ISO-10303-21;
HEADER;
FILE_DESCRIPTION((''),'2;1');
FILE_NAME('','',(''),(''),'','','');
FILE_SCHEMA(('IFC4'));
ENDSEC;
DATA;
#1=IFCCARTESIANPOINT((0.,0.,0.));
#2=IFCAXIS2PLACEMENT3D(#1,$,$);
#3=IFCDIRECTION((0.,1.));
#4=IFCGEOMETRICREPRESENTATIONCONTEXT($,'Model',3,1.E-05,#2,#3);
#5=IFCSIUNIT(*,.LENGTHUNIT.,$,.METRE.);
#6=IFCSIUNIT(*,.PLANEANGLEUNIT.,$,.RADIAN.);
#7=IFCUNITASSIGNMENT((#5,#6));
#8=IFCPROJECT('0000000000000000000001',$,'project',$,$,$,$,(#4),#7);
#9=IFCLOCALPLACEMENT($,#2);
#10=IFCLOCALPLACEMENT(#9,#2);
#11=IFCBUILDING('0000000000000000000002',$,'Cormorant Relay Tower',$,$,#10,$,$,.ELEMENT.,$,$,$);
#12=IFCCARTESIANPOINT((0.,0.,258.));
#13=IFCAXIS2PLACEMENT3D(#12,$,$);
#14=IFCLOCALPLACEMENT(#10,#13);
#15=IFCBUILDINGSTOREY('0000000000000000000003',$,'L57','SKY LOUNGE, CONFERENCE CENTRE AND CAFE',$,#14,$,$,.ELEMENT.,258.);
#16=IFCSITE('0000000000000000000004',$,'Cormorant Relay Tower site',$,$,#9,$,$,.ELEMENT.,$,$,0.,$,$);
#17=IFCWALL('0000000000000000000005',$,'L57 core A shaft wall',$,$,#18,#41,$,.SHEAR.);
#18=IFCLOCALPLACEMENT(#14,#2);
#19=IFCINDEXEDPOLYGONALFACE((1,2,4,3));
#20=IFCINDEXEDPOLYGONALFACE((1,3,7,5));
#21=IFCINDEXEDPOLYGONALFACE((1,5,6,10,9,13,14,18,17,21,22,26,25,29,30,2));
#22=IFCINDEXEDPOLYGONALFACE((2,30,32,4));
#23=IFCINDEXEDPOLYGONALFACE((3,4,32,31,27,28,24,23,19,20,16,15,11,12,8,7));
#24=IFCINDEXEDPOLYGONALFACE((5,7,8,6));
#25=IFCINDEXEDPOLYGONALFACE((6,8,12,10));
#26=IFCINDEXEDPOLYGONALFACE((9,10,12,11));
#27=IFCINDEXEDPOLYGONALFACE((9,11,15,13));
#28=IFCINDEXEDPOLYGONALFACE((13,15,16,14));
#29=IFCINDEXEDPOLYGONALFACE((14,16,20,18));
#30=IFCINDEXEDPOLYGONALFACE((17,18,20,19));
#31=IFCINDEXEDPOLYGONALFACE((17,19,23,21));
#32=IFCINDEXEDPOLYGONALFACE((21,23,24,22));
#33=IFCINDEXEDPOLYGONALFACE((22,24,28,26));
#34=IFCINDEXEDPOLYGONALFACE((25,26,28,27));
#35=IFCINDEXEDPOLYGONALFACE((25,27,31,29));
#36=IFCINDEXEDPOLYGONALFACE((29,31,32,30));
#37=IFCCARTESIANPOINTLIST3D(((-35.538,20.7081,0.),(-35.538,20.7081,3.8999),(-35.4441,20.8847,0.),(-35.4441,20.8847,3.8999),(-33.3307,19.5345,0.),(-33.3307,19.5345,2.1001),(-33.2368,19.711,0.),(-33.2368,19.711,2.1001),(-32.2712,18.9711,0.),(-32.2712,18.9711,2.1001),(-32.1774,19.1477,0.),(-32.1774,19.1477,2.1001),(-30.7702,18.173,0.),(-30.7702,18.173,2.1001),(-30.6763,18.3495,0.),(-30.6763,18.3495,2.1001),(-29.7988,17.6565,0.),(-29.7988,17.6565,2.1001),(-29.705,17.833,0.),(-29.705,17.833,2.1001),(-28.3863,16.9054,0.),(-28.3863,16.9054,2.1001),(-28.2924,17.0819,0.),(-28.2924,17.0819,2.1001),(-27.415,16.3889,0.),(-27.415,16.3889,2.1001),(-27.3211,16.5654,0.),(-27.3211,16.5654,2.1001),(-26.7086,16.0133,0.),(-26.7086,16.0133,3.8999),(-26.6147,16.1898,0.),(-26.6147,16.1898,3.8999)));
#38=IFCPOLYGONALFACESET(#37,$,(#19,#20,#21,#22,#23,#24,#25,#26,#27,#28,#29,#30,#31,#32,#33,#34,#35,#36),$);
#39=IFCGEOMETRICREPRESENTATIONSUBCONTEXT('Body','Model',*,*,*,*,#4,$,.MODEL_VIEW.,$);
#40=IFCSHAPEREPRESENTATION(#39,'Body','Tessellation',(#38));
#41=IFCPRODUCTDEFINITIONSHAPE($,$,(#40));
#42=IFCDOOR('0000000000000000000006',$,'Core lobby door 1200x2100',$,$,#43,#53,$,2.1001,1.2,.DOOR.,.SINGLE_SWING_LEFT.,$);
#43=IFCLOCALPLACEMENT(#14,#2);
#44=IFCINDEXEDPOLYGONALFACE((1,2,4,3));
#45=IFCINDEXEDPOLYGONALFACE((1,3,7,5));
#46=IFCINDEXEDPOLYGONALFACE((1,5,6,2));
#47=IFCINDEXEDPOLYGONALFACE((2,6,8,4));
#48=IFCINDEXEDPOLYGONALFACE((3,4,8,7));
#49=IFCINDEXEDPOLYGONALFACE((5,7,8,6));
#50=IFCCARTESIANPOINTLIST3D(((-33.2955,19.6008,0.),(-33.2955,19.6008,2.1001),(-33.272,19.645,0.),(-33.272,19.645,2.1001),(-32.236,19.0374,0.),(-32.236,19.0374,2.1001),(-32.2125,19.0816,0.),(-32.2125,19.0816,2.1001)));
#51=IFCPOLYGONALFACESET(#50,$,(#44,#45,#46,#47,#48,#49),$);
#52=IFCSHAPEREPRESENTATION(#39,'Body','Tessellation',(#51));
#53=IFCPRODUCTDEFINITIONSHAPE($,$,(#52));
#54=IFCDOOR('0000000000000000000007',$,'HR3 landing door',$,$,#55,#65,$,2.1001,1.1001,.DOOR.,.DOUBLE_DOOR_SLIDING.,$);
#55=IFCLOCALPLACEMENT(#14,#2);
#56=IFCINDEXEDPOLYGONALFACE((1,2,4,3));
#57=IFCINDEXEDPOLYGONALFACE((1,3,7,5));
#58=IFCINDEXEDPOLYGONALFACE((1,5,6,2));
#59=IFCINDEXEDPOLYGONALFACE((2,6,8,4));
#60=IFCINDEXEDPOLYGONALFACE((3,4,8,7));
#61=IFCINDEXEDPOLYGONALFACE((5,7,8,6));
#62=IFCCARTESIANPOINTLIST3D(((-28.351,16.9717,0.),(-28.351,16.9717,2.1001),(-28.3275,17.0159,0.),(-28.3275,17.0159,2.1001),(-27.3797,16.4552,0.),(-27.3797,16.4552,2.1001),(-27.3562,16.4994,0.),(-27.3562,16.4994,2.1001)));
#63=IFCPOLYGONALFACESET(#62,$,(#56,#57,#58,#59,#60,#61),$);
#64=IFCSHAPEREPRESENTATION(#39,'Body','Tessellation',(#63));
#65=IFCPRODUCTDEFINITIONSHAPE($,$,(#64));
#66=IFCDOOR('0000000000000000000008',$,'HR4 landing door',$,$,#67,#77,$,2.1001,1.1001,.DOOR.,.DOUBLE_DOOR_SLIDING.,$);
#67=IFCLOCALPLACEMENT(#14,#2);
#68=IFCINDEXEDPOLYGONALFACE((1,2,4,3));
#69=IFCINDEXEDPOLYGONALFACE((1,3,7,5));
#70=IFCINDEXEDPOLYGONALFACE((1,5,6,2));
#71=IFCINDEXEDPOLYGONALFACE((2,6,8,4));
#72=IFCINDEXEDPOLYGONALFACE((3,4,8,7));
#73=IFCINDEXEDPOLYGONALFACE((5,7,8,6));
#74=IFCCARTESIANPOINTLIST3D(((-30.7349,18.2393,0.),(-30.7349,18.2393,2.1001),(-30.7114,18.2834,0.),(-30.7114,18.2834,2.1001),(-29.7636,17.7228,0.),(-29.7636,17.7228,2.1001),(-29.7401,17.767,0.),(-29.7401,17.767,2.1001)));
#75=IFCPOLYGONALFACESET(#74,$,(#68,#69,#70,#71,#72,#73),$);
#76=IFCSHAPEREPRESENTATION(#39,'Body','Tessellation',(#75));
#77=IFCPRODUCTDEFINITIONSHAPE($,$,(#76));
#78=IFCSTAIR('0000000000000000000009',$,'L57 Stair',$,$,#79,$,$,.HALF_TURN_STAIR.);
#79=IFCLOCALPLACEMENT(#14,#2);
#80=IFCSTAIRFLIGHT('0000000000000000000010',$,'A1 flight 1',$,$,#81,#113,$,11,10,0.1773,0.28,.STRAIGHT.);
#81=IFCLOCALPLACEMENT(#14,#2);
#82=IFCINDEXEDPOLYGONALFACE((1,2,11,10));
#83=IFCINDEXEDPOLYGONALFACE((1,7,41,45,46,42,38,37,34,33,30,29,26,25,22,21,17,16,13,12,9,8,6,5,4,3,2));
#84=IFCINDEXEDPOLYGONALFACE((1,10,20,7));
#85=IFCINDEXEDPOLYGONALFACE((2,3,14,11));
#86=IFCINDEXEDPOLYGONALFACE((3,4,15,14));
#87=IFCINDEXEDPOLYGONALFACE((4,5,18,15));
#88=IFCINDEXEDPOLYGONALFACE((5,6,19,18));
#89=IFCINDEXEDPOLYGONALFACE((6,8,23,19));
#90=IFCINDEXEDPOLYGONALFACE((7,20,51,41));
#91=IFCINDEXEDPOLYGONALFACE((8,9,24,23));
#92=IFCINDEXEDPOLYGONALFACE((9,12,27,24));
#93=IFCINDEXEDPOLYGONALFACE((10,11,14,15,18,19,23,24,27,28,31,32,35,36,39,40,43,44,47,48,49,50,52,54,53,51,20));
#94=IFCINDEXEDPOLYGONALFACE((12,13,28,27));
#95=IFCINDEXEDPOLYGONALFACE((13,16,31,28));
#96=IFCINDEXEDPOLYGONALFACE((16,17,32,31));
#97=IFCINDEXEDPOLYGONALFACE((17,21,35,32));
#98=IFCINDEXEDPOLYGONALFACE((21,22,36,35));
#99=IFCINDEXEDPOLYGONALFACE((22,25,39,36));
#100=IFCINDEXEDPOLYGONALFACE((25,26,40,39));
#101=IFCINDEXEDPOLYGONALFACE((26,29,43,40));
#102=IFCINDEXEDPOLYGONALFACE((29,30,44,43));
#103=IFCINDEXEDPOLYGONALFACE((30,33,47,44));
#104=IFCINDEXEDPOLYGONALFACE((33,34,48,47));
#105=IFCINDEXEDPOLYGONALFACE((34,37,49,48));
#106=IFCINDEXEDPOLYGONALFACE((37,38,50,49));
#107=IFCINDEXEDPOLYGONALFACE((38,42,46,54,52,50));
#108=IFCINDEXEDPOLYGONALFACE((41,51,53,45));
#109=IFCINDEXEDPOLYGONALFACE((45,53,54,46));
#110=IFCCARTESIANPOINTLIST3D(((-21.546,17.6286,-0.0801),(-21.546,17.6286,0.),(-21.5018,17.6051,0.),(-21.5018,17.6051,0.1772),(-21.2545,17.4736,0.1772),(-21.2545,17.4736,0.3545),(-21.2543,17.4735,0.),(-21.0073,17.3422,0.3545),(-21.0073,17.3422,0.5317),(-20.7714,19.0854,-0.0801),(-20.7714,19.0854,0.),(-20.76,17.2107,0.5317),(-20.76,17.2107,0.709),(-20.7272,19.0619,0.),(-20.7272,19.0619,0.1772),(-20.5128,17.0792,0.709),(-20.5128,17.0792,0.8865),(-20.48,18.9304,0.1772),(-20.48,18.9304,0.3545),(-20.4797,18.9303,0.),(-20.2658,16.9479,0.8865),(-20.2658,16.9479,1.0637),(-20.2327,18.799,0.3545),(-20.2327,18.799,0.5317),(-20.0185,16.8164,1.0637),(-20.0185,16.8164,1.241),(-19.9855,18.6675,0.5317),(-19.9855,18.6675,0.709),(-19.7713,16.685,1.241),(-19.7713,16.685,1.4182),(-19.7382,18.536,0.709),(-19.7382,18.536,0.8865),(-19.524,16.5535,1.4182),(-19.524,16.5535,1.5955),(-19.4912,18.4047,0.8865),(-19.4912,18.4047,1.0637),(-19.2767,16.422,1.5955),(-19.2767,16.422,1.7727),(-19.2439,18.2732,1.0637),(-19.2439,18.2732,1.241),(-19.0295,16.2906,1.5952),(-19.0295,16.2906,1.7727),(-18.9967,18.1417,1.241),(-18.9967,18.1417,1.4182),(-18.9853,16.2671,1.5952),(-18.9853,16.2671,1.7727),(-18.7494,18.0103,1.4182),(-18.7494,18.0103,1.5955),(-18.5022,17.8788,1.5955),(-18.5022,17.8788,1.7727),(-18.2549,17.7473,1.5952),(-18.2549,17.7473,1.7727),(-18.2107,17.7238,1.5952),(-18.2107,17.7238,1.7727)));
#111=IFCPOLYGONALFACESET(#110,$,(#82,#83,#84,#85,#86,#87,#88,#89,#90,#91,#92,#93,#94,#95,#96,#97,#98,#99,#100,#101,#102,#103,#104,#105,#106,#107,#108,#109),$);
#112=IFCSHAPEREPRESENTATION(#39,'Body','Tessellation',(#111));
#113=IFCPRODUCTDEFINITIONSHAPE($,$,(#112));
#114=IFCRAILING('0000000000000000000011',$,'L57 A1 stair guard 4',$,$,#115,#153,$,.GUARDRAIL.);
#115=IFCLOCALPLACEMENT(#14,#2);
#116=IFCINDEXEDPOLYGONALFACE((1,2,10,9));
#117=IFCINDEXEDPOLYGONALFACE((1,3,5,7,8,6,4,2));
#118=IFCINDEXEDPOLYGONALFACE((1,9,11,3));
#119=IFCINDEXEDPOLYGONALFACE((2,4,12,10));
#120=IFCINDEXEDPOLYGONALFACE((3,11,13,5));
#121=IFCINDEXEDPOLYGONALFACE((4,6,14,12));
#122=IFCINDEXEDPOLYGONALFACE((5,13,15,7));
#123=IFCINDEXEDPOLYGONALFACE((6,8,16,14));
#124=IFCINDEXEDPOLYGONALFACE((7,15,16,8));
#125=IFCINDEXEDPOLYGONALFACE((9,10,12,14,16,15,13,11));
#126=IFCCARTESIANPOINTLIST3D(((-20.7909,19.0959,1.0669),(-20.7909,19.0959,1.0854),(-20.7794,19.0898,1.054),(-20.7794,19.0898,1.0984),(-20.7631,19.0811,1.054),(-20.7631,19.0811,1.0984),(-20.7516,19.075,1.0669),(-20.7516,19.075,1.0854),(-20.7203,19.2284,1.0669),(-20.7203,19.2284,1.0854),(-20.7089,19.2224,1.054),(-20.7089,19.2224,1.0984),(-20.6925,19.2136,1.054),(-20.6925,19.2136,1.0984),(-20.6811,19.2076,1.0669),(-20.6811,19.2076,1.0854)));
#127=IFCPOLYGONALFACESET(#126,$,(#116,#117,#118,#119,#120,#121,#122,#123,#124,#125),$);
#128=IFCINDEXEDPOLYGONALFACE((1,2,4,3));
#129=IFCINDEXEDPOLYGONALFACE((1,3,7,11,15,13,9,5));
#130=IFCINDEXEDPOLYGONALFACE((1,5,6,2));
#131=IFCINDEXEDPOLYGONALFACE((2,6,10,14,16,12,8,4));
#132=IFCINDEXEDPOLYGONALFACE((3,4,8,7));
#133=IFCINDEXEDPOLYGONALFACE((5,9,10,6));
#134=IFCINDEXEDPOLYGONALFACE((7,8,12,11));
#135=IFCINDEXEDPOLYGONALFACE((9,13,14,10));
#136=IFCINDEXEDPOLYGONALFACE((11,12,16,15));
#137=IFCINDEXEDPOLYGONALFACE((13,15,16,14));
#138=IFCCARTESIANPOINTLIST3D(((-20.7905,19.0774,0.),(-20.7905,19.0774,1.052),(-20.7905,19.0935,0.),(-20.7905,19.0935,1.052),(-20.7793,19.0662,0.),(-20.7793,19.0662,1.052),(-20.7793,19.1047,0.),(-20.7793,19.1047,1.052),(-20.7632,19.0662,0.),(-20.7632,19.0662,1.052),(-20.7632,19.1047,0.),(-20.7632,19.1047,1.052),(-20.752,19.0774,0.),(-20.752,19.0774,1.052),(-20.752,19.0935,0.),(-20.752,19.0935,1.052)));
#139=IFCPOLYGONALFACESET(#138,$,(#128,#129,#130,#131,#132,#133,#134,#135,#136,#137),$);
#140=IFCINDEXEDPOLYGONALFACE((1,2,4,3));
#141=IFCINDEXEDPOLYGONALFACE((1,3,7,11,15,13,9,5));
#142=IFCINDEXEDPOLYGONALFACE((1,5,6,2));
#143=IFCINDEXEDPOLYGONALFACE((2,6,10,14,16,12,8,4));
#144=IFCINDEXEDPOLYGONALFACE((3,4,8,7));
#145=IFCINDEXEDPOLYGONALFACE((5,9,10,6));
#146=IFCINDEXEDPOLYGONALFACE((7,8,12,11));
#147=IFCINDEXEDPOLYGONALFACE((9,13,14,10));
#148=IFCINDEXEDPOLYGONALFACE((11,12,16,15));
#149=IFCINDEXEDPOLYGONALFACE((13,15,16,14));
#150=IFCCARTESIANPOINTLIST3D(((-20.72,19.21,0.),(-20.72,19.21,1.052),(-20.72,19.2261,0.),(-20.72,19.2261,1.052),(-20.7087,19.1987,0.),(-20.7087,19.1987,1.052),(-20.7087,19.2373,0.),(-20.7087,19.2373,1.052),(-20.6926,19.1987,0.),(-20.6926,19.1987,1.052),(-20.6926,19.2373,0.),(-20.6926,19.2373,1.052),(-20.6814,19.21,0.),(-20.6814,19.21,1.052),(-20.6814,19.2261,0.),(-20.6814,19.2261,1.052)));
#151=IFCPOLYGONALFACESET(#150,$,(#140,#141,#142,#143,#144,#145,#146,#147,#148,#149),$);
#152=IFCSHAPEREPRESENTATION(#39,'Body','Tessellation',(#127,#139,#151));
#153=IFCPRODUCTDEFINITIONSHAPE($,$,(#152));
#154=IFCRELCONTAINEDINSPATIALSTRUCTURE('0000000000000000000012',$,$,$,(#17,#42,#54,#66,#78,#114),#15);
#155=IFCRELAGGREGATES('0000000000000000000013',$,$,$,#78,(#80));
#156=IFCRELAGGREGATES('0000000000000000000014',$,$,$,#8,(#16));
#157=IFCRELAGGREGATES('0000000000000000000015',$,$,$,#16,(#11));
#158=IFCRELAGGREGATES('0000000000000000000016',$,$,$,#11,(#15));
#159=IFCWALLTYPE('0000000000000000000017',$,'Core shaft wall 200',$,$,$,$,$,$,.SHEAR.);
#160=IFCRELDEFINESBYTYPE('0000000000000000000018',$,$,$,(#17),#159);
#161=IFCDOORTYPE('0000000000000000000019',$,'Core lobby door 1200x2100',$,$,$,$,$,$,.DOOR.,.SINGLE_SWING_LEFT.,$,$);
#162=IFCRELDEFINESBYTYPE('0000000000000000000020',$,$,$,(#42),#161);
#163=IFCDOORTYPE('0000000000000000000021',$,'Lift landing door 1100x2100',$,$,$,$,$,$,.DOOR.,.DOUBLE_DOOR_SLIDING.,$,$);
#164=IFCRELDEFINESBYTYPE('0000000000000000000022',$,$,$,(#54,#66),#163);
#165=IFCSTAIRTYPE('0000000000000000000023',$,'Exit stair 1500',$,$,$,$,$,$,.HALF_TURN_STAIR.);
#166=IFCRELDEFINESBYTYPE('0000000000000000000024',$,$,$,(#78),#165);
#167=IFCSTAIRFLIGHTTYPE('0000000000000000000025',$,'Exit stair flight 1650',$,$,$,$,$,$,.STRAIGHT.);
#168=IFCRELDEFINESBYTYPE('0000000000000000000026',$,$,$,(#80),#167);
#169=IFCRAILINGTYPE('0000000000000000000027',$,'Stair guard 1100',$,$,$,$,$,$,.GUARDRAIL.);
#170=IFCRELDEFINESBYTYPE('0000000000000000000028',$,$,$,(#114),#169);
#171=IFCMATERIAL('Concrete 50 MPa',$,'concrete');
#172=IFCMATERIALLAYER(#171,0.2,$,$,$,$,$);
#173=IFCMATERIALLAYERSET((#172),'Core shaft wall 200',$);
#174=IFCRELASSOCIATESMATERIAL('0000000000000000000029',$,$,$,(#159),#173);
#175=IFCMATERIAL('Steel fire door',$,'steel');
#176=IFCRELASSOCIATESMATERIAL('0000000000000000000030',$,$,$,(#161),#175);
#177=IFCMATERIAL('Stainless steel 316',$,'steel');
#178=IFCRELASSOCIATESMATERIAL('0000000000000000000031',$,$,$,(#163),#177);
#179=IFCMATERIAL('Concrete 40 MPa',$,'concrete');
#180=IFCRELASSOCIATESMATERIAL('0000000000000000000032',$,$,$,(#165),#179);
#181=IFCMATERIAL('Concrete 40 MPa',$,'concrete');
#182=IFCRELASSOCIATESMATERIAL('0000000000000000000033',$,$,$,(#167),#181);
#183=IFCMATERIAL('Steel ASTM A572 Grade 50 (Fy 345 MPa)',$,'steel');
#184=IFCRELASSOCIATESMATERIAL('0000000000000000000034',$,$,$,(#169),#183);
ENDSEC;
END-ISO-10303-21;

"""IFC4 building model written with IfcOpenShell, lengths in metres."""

from ifc_helpers import new_model, si_unit, direction, frame, frame_2d, origin, place, context, subcontext, project, spatial, polyline, rectangle, outline, extrude, material, layer, layer_set, type_object, element, fill, aggregate, save


model = new_model("IFC4")

# Units and contexts
model_context = context("Model", 3, precision=1e-05, world=origin(), true_north=direction((0.0, 1.0)))
body_context = subcontext(model_context, "Body", "Model", "MODEL_VIEW")
ifc_project = project(units=[si_unit("LENGTHUNIT", "METRE"), si_unit("PLANEANGLEUNIT", "RADIAN")], contexts=[model_context])

# Site, building, storey
site_placement = place(None, origin())
site = spatial("IfcSite", under=ifc_project, at=site_placement, Name="Cormorant Relay Tower site", CompositionType="ELEMENT", RefElevation=0.0)
building_placement = place(site_placement, origin())
building = spatial("IfcBuilding", under=site, at=building_placement, Name="Cormorant Relay Tower", CompositionType="ELEMENT")
storey_placement = place(building_placement, frame((0.0, 0.0, 258.0)))
storey = spatial("IfcBuildingStorey", under=building, at=storey_placement, Name="L57", Description="SKY LOUNGE, CONFERENCE CENTRE AND CAFE", CompositionType="ELEMENT", Elevation=258.0)

# Shared definitions
ifc_material_1 = material(Name="Concrete 50 MPa", Category="concrete")
ifc_layer_1 = layer(ifc_material_1, 0.2)
ifc_layer_set_1 = layer_set([ifc_layer_1], Name="Core shaft wall 200")
wall_type_1 = type_object("IfcWallType", Name="Core shaft wall 200", PredefinedType="SHEAR", material=ifc_layer_set_1)

# Wall, openings, doors
wall_1_placement = place(storey_placement, frame((-26.6616, 16.1016, 0.0), z_axis=(0.0, 0.0, 1.0), x_axis=(-0.88294, 0.469485, 0.0)))
wall_1 = element("IfcWall", 1, at=wall_1_placement, inside=storey, type_object=wall_type_1, Name="L57 core A shaft wall", PredefinedType="SHEAR", context=body_context, shape_type="SweptSolid", body=[
    extrude(rectangle(XDim=10.0, YDim=0.2, at=frame_2d((5.0, 0.0))), origin(), (0.0, 0.0, 1.0), 3.8999),
])
opening_1_placement = place(wall_1_placement, frame((6.3, 0.0, 0.0)))
opening_1 = element("IfcOpeningElement", 2, at=opening_1_placement, cuts=wall_1, PredefinedType="OPENING", context=body_context, shape_type="SweptSolid", body=[
    extrude(rectangle(XDim=1.2, YDim=2.1001, at=frame_2d((0.6001, 1.05))), frame((0.0, 0.1099, 0.0), z_axis=(0.0, -1.0, 0.0), x_axis=(1.0, 0.0, 0.0)), (0.0, 0.0, 1.0), 0.22),
])
opening_2_placement = place(wall_1_placement, frame((0.8, 0.0, 0.0)))
opening_2 = element("IfcOpeningElement", 3, at=opening_2_placement, cuts=wall_1, PredefinedType="OPENING", context=body_context, shape_type="SweptSolid", body=[
    extrude(rectangle(XDim=1.1001, YDim=2.1001, at=frame_2d((0.55, 1.05))), frame((0.0, 0.1099, 0.0), z_axis=(0.0, -1.0, 0.0), x_axis=(1.0, 0.0, 0.0)), (0.0, 0.0, 1.0), 0.22),
])
opening_3_placement = place(wall_1_placement, frame((3.5, 0.0, 0.0)))
opening_3 = element("IfcOpeningElement", 4, at=opening_3_placement, cuts=wall_1, PredefinedType="OPENING", context=body_context, shape_type="SweptSolid", body=[
    extrude(rectangle(XDim=1.1001, YDim=2.1001, at=frame_2d((0.55, 1.05))), frame((0.0, 0.1099, 0.0), z_axis=(0.0, -1.0, 0.0), x_axis=(1.0, 0.0, 0.0)), (0.0, 0.0, 1.0), 0.22),
])
ifc_material_2 = material(Name="Steel fire door", Category="steel")
door_type_1 = type_object("IfcDoorType", Name="Core lobby door 1200x2100", OperationType="SINGLE_SWING_LEFT", PredefinedType="DOOR", material=ifc_material_2)
door_1_placement = place(opening_1_placement, origin())
door_1 = element("IfcDoor", 5, at=door_1_placement, inside=storey, type_object=door_type_1, Name="Core lobby door 1200x2100", OperationType="SINGLE_SWING_LEFT", OverallHeight=2.1001, OverallWidth=1.2, PredefinedType="DOOR", context=body_context, shape_type="SweptSolid", body=[
    extrude(rectangle(XDim=1.2, YDim=2.1001, at=frame_2d((0.6001, 1.05))), frame((0.0, 0.0249, 0.0), z_axis=(0.0, -1.0, 0.0), x_axis=(1.0, 0.0, 0.0)), (0.0, 0.0, 1.0), 0.05),
])
fill(opening_1, door_1)
ifc_material_3 = material(Name="Stainless steel 316", Category="steel")
door_type_2 = type_object("IfcDoorType", Name="Lift landing door 1100x2100", OperationType="DOUBLE_DOOR_SLIDING", PredefinedType="DOOR", material=ifc_material_3)
door_2_placement = place(opening_2_placement, origin())
door_2 = element("IfcDoor", 6, at=door_2_placement, inside=storey, type_object=door_type_2, Name="HR3 landing door", OperationType="DOUBLE_DOOR_SLIDING", OverallHeight=2.1001, OverallWidth=1.1001, PredefinedType="DOOR", context=body_context, shape_type="SweptSolid", body=[
    extrude(rectangle(XDim=1.1001, YDim=2.1001, at=frame_2d((0.55, 1.05))), frame((0.0, 0.0249, 0.0), z_axis=(0.0, -1.0, 0.0), x_axis=(1.0, 0.0, 0.0)), (0.0, 0.0, 1.0), 0.05),
])
fill(opening_2, door_2)
door_3_placement = place(opening_3_placement, origin())
door_3 = element("IfcDoor", 7, at=door_3_placement, inside=storey, type_object=door_type_2, Name="HR4 landing door", OperationType="DOUBLE_DOOR_SLIDING", OverallHeight=2.1001, OverallWidth=1.1001, PredefinedType="DOOR", context=body_context, shape_type="SweptSolid", body=[
    extrude(rectangle(XDim=1.1001, YDim=2.1001, at=frame_2d((0.55, 1.05))), frame((0.0, 0.0249, 0.0), z_axis=(0.0, -1.0, 0.0), x_axis=(1.0, 0.0, 0.0)), (0.0, 0.0, 1.0), 0.05),
])
fill(opening_3, door_3)

# Stair, stair flight
ifc_material_4 = material(Name="Concrete 40 MPa", Category="concrete")
stair_type = type_object("IfcStairType", Name="Exit stair 1500", PredefinedType="HALF_TURN_STAIR", material=ifc_material_4)
stair_placement = place(storey_placement, origin())
stair = element("IfcStair", 8, at=stair_placement, inside=storey, type_object=stair_type, Name="L57 Stair", PredefinedType="HALF_TURN_STAIR")
ifc_material_5 = material(Name="Concrete 40 MPa", Category="concrete")
stair_flight_type = type_object("IfcStairFlightType", Name="Exit stair flight 1650", PredefinedType="STRAIGHT", material=ifc_material_5)
stair_flight_placement = place(storey_placement, frame((-21.1145, 18.3335, 0.0), z_axis=(0.0, 0.0, 1.0), x_axis=(0.882948, -0.469472, 0.0)))
stair_flight = element("IfcStairFlight", 9, at=stair_flight_placement, type_object=stair_flight_type, Name="A1 flight 1", NumberOfRisers=11, NumberOfTreads=10, PredefinedType="STRAIGHT", RiserHeight=0.1773, TreadLength=0.28, context=body_context, shape_type="SweptSolid", body=[
    extrude(outline(polyline([(-0.05, -0.0801), (-0.05, 0.0), (0.0, 0.0), (0.0, 0.1772), (0.28, 0.1772), (0.28, 0.3545), (0.5601, 0.3545), (0.5601, 0.5317), (0.8401, 0.5317), (0.8401, 0.709), (1.1201, 0.709), (1.1201, 0.8865), (1.3999, 0.8865), (1.3999, 1.0637), (1.6799, 1.0637), (1.6799, 1.241), (1.96, 1.241), (1.96, 1.4182), (2.24, 1.4182), (2.24, 1.5955), (2.52, 1.5955), (2.52, 1.7727), (2.8, 1.7727), (2.8501, 1.7727), (2.8501, 1.5952), (2.8, 1.5952), (0.2803, 0.0), (-0.05, -0.0801)])), frame((0.0, 0.825, 0.0), z_axis=(0.0, -1.0, 0.0), x_axis=(1.0, 0.0, 0.0)), (0.0, 0.0, 1.0), 1.6499),
])
aggregate(stair, [stair_flight])

# Railing
ifc_material_6 = material(Name="Steel ASTM A572 Grade 50 (Fy 345 MPa)", Category="steel")
railing_type_1 = type_object("IfcRailingType", Name="Stair guard 1100", PredefinedType="GUARDRAIL", material=ifc_material_6)
railing_1_placement = place(storey_placement, frame((-20.7712, 19.0854, 0.0)))
element("IfcRailing", 10, at=railing_1_placement, inside=storey, type_object=railing_type_1, Name="L57 A1 stair guard 4", PredefinedType="GUARDRAIL", context=body_context, shape_type="SweptSolid", body=[
    extrude(outline(polyline([(0.0222, 0.0093), (0.0093, 0.0222), (-0.0093, 0.0222), (-0.0222, 0.0093), (-0.0222, -0.0093), (-0.0093, -0.0222), (0.0093, -0.0222), (0.0222, -0.0093), (0.0222, 0.0093)])), frame((0.0, 0.0, 1.0762), z_axis=(0.469829, 0.882758, 0.0), x_axis=(-0.882758, 0.469829, 0.0)), (0.0, 0.0, 1.0), 0.1501),
    extrude(outline(polyline([(0.0193, 0.0081), (0.0081, 0.0193), (-0.0081, 0.0193), (-0.0193, 0.0081), (-0.0193, -0.0081), (-0.0081, -0.0193), (0.0081, -0.0193), (0.0193, -0.0081), (0.0193, 0.0081)])), origin(), (0.0, 0.0, 1.0), 1.052),
    extrude(outline(polyline([(0.0193, 0.0081), (0.0081, 0.0193), (-0.0081, 0.0193), (-0.0193, 0.0081), (-0.0193, -0.0081), (-0.0081, -0.0193), (0.0081, -0.0193), (0.0193, -0.0081), (0.0193, 0.0081)])), frame((0.0706, 0.1326, 0.0)), (0.0, 0.0, 1.0), 1.052),
])

save(model, "model.ifc")
